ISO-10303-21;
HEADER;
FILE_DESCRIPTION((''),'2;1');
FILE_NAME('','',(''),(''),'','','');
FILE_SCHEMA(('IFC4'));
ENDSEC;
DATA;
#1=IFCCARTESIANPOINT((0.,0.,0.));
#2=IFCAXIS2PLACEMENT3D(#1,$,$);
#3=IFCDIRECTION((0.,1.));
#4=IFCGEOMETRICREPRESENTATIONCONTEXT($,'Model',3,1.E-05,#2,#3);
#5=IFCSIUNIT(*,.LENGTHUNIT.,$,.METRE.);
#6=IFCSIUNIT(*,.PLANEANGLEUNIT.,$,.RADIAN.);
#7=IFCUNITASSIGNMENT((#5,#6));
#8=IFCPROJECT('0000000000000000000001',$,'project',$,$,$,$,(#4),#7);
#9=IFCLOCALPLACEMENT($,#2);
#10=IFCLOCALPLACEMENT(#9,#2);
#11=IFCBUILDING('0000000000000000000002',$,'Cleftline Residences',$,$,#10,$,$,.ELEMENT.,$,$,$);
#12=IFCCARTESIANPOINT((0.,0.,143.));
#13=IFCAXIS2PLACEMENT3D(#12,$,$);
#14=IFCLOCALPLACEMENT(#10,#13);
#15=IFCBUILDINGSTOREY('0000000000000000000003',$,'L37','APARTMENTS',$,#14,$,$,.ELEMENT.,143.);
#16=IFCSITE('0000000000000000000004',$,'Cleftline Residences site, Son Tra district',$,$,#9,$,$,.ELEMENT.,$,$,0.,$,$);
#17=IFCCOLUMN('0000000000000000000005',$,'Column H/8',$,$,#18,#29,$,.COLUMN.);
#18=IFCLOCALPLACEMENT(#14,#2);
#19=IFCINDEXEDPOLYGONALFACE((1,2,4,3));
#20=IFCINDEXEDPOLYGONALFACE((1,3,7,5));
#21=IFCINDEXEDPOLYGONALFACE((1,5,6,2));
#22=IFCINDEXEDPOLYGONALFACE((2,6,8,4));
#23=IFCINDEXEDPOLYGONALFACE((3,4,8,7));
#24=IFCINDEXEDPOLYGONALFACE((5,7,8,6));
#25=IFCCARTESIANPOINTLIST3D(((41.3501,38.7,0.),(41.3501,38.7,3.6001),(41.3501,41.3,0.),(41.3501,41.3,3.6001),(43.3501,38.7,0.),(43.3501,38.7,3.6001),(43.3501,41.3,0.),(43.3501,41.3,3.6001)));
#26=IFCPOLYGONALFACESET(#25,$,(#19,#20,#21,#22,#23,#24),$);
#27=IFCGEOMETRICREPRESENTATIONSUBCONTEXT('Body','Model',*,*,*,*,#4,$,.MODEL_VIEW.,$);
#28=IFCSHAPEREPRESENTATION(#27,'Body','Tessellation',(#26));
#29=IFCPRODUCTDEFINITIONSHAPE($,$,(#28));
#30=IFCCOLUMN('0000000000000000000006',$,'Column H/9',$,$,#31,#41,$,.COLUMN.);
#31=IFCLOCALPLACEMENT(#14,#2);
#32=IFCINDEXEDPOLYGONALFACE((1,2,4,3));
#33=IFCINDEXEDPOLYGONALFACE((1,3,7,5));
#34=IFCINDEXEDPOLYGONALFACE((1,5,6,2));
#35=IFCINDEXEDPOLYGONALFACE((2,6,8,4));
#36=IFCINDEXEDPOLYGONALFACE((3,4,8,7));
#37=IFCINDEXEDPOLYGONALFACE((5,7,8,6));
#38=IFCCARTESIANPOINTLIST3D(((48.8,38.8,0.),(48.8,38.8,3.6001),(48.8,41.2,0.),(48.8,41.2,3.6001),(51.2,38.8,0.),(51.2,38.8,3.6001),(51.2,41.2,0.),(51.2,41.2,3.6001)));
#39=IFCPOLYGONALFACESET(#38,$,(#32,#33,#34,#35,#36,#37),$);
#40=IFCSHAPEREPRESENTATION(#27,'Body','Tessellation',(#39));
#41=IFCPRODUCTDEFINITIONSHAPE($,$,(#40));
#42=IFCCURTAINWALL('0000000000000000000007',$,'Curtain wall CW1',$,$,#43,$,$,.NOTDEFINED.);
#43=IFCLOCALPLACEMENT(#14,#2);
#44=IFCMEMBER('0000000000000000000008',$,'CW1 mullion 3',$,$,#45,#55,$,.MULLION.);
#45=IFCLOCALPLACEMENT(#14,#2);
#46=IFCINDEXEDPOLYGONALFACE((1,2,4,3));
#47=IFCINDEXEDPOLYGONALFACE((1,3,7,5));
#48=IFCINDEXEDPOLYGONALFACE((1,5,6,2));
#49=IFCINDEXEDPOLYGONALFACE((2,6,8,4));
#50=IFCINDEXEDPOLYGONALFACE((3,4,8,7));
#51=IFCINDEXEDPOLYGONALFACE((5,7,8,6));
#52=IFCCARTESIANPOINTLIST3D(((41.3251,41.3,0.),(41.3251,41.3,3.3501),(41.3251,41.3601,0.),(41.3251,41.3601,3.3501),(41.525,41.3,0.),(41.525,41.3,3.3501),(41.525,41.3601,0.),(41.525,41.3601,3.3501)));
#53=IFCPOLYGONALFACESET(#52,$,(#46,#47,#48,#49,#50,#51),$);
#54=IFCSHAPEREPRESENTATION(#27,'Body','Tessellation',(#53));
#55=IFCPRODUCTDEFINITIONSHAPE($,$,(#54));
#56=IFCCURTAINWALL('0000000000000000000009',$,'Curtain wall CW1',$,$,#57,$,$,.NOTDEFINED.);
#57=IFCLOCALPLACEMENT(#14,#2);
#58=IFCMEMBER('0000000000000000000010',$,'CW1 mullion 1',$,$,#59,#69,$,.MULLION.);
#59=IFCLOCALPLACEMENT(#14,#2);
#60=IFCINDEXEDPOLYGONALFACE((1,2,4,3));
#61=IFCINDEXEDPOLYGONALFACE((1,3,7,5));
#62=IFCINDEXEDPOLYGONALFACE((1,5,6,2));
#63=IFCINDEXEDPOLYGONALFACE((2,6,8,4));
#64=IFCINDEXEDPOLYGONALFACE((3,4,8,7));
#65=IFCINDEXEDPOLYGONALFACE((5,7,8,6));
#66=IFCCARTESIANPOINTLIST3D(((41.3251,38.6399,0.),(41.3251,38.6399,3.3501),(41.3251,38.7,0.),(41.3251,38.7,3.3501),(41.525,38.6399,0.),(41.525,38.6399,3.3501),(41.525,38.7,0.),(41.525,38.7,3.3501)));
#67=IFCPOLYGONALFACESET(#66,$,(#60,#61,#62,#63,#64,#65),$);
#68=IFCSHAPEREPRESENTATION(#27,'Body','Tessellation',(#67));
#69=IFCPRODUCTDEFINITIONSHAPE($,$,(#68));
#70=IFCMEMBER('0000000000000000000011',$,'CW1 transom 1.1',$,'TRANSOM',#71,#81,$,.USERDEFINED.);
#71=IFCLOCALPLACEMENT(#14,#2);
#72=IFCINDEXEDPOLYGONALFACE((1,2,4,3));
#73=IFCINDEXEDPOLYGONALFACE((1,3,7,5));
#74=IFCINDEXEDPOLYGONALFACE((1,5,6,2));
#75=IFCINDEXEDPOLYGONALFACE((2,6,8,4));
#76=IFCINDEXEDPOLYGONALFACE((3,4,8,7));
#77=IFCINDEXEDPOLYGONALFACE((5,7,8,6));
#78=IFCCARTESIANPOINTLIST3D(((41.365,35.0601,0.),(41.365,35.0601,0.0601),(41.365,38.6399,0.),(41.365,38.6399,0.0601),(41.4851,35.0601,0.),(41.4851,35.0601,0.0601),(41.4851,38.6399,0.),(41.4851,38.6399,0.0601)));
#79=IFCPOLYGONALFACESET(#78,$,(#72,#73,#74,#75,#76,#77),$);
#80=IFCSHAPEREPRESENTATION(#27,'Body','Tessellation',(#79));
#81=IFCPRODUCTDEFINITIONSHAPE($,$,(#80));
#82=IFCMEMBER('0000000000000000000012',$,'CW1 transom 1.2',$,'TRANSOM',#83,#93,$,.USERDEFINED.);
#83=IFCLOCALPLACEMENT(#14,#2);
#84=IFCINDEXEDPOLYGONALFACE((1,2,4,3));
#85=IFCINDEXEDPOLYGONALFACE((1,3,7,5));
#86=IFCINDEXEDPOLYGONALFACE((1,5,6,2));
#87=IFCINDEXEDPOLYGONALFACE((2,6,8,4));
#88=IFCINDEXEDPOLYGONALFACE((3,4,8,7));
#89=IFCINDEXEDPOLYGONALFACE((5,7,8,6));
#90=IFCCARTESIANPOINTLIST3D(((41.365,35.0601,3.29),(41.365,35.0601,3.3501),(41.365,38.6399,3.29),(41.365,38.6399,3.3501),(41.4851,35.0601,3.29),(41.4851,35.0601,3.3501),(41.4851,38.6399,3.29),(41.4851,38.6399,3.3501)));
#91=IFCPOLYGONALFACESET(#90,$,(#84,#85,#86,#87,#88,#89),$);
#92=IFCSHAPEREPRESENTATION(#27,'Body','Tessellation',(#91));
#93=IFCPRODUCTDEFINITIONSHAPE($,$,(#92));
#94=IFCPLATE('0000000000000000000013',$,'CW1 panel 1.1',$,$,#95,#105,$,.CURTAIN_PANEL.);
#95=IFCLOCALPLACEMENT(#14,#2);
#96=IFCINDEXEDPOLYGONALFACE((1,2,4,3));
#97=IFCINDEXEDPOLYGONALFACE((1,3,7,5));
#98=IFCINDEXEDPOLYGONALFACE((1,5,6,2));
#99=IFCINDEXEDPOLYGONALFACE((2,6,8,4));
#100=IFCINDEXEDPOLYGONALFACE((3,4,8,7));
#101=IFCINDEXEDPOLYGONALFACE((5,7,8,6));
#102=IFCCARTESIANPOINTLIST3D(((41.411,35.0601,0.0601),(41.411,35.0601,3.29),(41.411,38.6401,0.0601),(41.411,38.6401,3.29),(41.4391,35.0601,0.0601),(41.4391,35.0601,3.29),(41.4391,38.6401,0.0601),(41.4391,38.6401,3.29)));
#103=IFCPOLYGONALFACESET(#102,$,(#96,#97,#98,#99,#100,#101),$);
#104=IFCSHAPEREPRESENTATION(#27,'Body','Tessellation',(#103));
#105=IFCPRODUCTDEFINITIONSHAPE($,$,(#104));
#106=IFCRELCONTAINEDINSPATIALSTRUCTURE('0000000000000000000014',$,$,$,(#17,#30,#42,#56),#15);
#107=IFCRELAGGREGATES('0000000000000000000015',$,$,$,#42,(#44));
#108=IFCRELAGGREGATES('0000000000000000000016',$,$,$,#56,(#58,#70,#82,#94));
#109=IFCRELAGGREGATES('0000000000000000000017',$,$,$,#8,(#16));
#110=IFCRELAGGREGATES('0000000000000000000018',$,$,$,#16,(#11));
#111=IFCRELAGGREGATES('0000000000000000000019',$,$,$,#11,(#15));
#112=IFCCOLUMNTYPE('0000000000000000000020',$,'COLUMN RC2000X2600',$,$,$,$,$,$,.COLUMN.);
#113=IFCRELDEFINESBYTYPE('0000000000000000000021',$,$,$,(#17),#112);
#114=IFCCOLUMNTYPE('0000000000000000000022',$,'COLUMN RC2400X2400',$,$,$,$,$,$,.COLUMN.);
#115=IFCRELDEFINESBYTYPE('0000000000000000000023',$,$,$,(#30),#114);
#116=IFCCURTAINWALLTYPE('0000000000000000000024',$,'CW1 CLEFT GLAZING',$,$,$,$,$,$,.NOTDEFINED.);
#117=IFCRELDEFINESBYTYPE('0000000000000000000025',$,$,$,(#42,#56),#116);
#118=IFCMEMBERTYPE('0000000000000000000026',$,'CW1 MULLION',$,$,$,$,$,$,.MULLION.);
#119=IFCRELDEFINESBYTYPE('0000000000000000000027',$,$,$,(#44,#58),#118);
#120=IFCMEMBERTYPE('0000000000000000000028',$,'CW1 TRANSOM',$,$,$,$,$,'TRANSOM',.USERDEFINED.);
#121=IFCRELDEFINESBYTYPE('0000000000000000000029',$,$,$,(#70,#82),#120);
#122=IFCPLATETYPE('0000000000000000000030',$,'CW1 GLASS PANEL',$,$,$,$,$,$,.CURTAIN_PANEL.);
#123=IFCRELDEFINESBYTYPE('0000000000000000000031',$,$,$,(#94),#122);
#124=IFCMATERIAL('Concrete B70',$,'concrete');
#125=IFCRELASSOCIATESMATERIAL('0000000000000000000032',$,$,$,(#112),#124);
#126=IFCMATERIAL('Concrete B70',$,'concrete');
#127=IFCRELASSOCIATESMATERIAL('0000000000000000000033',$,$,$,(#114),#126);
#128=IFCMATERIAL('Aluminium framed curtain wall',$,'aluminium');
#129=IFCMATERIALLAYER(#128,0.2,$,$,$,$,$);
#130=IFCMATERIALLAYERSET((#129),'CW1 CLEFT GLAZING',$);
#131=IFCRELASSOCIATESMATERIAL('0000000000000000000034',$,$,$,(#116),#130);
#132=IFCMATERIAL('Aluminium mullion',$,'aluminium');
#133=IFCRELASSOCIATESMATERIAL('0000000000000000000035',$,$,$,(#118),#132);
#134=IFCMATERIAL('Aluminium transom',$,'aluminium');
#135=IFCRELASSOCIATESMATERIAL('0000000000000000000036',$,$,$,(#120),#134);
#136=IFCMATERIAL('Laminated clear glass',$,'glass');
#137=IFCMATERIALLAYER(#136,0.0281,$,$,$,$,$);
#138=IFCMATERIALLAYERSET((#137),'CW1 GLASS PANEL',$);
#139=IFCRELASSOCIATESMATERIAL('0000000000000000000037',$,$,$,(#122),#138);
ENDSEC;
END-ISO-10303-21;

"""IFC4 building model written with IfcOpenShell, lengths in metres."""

from ifc_helpers import new_model, si_unit, direction, frame, origin, origin_2d, place, context, subcontext, project, spatial, rectangle, extrude, material, layer, layer_set, material_profile, profile_set, type_object, element, aggregate, save


model = new_model("IFC4")

# Units and contexts
model_context = context("Model", 3, precision=1e-05, world=origin(), true_north=direction((0.0, 1.0)))
body_context = subcontext(model_context, "Body", "Model", "MODEL_VIEW")
ifc_project = project(units=[si_unit("LENGTHUNIT", "METRE"), si_unit("PLANEANGLEUNIT", "RADIAN")], contexts=[model_context])

# Site, building, storey
site_placement = place(None, origin())
site = spatial("IfcSite", under=ifc_project, at=site_placement, Name="Cleftline Residences site, Son Tra district", CompositionType="ELEMENT", RefElevation=0.0)
building_placement = place(site_placement, origin())
building = spatial("IfcBuilding", under=site, at=building_placement, Name="Cleftline Residences", CompositionType="ELEMENT")
storey_placement = place(building_placement, frame((0.0, 0.0, 143.0)))
storey = spatial("IfcBuildingStorey", under=building, at=storey_placement, Name="L37", Description="APARTMENTS", CompositionType="ELEMENT", Elevation=143.0)

# Columns
ifc_material_1 = material(Name="Concrete B70", Category="concrete")
ifc_material_profile_1 = material_profile(ifc_material_1, rectangle(XDim=2.0, YDim=2.6001, at=origin_2d()))
ifc_profile_set_1 = profile_set([ifc_material_profile_1], Name="Concrete B70")
column_type_1 = type_object("IfcColumnType", Name="COLUMN RC2000X2600", PredefinedType="COLUMN", material=ifc_profile_set_1)
column_1_placement = place(storey_placement, frame((42.3501, 40.0, 0.0), z_axis=(0.0, 0.0, 1.0), x_axis=(1.0, 0.0, 0.0)))
element("IfcColumn", 1, at=column_1_placement, inside=storey, type_object=column_type_1, Name="Column H/8", PredefinedType="COLUMN", context=body_context, shape_type="SweptSolid", body=[
    extrude(rectangle(XDim=2.0, YDim=2.6001, at=origin_2d()), origin(), (0.0, 0.0, 1.0), 3.6001),
])
ifc_material_2 = material(Name="Concrete B70", Category="concrete")
ifc_material_profile_2 = material_profile(ifc_material_2, rectangle(XDim=2.3999, YDim=2.3999, at=origin_2d()))
ifc_profile_set_2 = profile_set([ifc_material_profile_2], Name="Concrete B70")
column_type_2 = type_object("IfcColumnType", Name="COLUMN RC2400X2400", PredefinedType="COLUMN", material=ifc_profile_set_2)
column_2_placement = place(storey_placement, frame((50.0, 40.0, 0.0), z_axis=(0.0, 0.0, 1.0), x_axis=(1.0, 0.0, 0.0)))
element("IfcColumn", 2, at=column_2_placement, inside=storey, type_object=column_type_2, Name="Column H/9", PredefinedType="COLUMN", context=body_context, shape_type="SweptSolid", body=[
    extrude(rectangle(XDim=2.3999, YDim=2.3999, at=origin_2d()), origin(), (0.0, 0.0, 1.0), 3.6001),
])

# Curtain wall, member
ifc_material_3 = material(Name="Aluminium framed curtain wall", Category="aluminium")
ifc_layer_1 = layer(ifc_material_3, 0.2)
ifc_layer_set_1 = layer_set([ifc_layer_1], Name="CW1 CLEFT GLAZING")
curtain_wall_type = type_object("IfcCurtainWallType", Name="CW1 CLEFT GLAZING", PredefinedType="NOTDEFINED", material=ifc_layer_set_1)
curtain_wall_1_placement = place(storey_placement, origin())
curtain_wall_1 = element("IfcCurtainWall", 3, at=curtain_wall_1_placement, inside=storey, type_object=curtain_wall_type, Name="Curtain wall CW1", PredefinedType="NOTDEFINED")
ifc_material_4 = material(Name="Aluminium mullion", Category="aluminium")
ifc_material_profile_3 = material_profile(ifc_material_4, rectangle(XDim=0.2, YDim=0.0601, at=origin_2d()))
ifc_profile_set_3 = profile_set([ifc_material_profile_3], Name="Aluminium mullion")
member_type_1 = type_object("IfcMemberType", Name="CW1 MULLION", PredefinedType="MULLION", material=ifc_profile_set_3)
member_1_placement = place(storey_placement, frame((41.425, 41.3301, 0.0), z_axis=(0.0, 0.0, 1.0), x_axis=(1.0, 0.0, 0.0)))
member_1 = element("IfcMember", 4, at=member_1_placement, type_object=member_type_1, Name="CW1 mullion 3", PredefinedType="MULLION", context=body_context, shape_type="SweptSolid", body=[
    extrude(rectangle(XDim=0.2, YDim=0.0601, at=origin_2d()), origin(), (0.0, 0.0, 1.0), 3.3501),
])
aggregate(curtain_wall_1, [member_1])

# Curtain wall, members, plate
curtain_wall_2_placement = place(storey_placement, origin())
curtain_wall_2 = element("IfcCurtainWall", 5, at=curtain_wall_2_placement, inside=storey, type_object=curtain_wall_type, Name="Curtain wall CW1", PredefinedType="NOTDEFINED")
member_2_placement = place(storey_placement, frame((41.425, 38.6699, 0.0), z_axis=(0.0, 0.0, 1.0), x_axis=(1.0, 0.0, 0.0)))
member_2 = element("IfcMember", 6, at=member_2_placement, type_object=member_type_1, Name="CW1 mullion 1", PredefinedType="MULLION", context=body_context, shape_type="SweptSolid", body=[
    extrude(rectangle(XDim=0.2, YDim=0.0601, at=origin_2d()), origin(), (0.0, 0.0, 1.0), 3.3501),
])
ifc_material_5 = material(Name="Aluminium transom", Category="aluminium")
ifc_material_profile_4 = material_profile(ifc_material_5, rectangle(XDim=0.1201, YDim=0.0601, at=origin_2d()))
ifc_profile_set_4 = profile_set([ifc_material_profile_4], Name="Aluminium transom")
member_type_2 = type_object("IfcMemberType", Name="CW1 TRANSOM", ElementType="TRANSOM", PredefinedType="USERDEFINED", material=ifc_profile_set_4)
member_3_placement = place(storey_placement, frame((41.425, 38.6399, 0.03), z_axis=(0.0, -1.0, 0.0), x_axis=(1.0, 0.0, 0.0)))
member_3 = element("IfcMember", 7, at=member_3_placement, type_object=member_type_2, Name="CW1 transom 1.1", ObjectType="TRANSOM", PredefinedType="USERDEFINED", context=body_context, shape_type="SweptSolid", body=[
    extrude(rectangle(XDim=0.1201, YDim=0.0601, at=origin_2d()), origin(), (0.0, 0.0, 1.0), 3.5798),
])
member_4_placement = place(storey_placement, frame((41.425, 38.6399, 3.3201), z_axis=(0.0, -1.0, 0.0), x_axis=(1.0, 0.0, 0.0)))
member_4 = element("IfcMember", 8, at=member_4_placement, type_object=member_type_2, Name="CW1 transom 1.2", ObjectType="TRANSOM", PredefinedType="USERDEFINED", context=body_context, shape_type="SweptSolid", body=[
    extrude(rectangle(XDim=0.1201, YDim=0.0601, at=origin_2d()), origin(), (0.0, 0.0, 1.0), 3.5798),
])
ifc_material_6 = material(Name="Laminated clear glass", Category="glass")
ifc_layer_2 = layer(ifc_material_6, 0.0281)
ifc_layer_set_2 = layer_set([ifc_layer_2], Name="CW1 GLASS PANEL")
plate_type = type_object("IfcPlateType", Name="CW1 GLASS PANEL", PredefinedType="CURTAIN_PANEL", material=ifc_layer_set_2)
plate_placement = place(storey_placement, frame((41.425, 36.8501, 0.0601), z_axis=(0.0, 0.0, 1.0), x_axis=(0.0, -1.0, 0.0)))
plate = element("IfcPlate", 9, at=plate_placement, type_object=plate_type, Name="CW1 panel 1.1", PredefinedType="CURTAIN_PANEL", context=body_context, shape_type="SweptSolid", body=[
    extrude(rectangle(XDim=3.5801, YDim=0.0281, at=origin_2d()), origin(), (0.0, 0.0, 1.0), 3.23),
])
aggregate(curtain_wall_2, [member_2, member_3, member_4, plate])

save(model, "model.ifc")
